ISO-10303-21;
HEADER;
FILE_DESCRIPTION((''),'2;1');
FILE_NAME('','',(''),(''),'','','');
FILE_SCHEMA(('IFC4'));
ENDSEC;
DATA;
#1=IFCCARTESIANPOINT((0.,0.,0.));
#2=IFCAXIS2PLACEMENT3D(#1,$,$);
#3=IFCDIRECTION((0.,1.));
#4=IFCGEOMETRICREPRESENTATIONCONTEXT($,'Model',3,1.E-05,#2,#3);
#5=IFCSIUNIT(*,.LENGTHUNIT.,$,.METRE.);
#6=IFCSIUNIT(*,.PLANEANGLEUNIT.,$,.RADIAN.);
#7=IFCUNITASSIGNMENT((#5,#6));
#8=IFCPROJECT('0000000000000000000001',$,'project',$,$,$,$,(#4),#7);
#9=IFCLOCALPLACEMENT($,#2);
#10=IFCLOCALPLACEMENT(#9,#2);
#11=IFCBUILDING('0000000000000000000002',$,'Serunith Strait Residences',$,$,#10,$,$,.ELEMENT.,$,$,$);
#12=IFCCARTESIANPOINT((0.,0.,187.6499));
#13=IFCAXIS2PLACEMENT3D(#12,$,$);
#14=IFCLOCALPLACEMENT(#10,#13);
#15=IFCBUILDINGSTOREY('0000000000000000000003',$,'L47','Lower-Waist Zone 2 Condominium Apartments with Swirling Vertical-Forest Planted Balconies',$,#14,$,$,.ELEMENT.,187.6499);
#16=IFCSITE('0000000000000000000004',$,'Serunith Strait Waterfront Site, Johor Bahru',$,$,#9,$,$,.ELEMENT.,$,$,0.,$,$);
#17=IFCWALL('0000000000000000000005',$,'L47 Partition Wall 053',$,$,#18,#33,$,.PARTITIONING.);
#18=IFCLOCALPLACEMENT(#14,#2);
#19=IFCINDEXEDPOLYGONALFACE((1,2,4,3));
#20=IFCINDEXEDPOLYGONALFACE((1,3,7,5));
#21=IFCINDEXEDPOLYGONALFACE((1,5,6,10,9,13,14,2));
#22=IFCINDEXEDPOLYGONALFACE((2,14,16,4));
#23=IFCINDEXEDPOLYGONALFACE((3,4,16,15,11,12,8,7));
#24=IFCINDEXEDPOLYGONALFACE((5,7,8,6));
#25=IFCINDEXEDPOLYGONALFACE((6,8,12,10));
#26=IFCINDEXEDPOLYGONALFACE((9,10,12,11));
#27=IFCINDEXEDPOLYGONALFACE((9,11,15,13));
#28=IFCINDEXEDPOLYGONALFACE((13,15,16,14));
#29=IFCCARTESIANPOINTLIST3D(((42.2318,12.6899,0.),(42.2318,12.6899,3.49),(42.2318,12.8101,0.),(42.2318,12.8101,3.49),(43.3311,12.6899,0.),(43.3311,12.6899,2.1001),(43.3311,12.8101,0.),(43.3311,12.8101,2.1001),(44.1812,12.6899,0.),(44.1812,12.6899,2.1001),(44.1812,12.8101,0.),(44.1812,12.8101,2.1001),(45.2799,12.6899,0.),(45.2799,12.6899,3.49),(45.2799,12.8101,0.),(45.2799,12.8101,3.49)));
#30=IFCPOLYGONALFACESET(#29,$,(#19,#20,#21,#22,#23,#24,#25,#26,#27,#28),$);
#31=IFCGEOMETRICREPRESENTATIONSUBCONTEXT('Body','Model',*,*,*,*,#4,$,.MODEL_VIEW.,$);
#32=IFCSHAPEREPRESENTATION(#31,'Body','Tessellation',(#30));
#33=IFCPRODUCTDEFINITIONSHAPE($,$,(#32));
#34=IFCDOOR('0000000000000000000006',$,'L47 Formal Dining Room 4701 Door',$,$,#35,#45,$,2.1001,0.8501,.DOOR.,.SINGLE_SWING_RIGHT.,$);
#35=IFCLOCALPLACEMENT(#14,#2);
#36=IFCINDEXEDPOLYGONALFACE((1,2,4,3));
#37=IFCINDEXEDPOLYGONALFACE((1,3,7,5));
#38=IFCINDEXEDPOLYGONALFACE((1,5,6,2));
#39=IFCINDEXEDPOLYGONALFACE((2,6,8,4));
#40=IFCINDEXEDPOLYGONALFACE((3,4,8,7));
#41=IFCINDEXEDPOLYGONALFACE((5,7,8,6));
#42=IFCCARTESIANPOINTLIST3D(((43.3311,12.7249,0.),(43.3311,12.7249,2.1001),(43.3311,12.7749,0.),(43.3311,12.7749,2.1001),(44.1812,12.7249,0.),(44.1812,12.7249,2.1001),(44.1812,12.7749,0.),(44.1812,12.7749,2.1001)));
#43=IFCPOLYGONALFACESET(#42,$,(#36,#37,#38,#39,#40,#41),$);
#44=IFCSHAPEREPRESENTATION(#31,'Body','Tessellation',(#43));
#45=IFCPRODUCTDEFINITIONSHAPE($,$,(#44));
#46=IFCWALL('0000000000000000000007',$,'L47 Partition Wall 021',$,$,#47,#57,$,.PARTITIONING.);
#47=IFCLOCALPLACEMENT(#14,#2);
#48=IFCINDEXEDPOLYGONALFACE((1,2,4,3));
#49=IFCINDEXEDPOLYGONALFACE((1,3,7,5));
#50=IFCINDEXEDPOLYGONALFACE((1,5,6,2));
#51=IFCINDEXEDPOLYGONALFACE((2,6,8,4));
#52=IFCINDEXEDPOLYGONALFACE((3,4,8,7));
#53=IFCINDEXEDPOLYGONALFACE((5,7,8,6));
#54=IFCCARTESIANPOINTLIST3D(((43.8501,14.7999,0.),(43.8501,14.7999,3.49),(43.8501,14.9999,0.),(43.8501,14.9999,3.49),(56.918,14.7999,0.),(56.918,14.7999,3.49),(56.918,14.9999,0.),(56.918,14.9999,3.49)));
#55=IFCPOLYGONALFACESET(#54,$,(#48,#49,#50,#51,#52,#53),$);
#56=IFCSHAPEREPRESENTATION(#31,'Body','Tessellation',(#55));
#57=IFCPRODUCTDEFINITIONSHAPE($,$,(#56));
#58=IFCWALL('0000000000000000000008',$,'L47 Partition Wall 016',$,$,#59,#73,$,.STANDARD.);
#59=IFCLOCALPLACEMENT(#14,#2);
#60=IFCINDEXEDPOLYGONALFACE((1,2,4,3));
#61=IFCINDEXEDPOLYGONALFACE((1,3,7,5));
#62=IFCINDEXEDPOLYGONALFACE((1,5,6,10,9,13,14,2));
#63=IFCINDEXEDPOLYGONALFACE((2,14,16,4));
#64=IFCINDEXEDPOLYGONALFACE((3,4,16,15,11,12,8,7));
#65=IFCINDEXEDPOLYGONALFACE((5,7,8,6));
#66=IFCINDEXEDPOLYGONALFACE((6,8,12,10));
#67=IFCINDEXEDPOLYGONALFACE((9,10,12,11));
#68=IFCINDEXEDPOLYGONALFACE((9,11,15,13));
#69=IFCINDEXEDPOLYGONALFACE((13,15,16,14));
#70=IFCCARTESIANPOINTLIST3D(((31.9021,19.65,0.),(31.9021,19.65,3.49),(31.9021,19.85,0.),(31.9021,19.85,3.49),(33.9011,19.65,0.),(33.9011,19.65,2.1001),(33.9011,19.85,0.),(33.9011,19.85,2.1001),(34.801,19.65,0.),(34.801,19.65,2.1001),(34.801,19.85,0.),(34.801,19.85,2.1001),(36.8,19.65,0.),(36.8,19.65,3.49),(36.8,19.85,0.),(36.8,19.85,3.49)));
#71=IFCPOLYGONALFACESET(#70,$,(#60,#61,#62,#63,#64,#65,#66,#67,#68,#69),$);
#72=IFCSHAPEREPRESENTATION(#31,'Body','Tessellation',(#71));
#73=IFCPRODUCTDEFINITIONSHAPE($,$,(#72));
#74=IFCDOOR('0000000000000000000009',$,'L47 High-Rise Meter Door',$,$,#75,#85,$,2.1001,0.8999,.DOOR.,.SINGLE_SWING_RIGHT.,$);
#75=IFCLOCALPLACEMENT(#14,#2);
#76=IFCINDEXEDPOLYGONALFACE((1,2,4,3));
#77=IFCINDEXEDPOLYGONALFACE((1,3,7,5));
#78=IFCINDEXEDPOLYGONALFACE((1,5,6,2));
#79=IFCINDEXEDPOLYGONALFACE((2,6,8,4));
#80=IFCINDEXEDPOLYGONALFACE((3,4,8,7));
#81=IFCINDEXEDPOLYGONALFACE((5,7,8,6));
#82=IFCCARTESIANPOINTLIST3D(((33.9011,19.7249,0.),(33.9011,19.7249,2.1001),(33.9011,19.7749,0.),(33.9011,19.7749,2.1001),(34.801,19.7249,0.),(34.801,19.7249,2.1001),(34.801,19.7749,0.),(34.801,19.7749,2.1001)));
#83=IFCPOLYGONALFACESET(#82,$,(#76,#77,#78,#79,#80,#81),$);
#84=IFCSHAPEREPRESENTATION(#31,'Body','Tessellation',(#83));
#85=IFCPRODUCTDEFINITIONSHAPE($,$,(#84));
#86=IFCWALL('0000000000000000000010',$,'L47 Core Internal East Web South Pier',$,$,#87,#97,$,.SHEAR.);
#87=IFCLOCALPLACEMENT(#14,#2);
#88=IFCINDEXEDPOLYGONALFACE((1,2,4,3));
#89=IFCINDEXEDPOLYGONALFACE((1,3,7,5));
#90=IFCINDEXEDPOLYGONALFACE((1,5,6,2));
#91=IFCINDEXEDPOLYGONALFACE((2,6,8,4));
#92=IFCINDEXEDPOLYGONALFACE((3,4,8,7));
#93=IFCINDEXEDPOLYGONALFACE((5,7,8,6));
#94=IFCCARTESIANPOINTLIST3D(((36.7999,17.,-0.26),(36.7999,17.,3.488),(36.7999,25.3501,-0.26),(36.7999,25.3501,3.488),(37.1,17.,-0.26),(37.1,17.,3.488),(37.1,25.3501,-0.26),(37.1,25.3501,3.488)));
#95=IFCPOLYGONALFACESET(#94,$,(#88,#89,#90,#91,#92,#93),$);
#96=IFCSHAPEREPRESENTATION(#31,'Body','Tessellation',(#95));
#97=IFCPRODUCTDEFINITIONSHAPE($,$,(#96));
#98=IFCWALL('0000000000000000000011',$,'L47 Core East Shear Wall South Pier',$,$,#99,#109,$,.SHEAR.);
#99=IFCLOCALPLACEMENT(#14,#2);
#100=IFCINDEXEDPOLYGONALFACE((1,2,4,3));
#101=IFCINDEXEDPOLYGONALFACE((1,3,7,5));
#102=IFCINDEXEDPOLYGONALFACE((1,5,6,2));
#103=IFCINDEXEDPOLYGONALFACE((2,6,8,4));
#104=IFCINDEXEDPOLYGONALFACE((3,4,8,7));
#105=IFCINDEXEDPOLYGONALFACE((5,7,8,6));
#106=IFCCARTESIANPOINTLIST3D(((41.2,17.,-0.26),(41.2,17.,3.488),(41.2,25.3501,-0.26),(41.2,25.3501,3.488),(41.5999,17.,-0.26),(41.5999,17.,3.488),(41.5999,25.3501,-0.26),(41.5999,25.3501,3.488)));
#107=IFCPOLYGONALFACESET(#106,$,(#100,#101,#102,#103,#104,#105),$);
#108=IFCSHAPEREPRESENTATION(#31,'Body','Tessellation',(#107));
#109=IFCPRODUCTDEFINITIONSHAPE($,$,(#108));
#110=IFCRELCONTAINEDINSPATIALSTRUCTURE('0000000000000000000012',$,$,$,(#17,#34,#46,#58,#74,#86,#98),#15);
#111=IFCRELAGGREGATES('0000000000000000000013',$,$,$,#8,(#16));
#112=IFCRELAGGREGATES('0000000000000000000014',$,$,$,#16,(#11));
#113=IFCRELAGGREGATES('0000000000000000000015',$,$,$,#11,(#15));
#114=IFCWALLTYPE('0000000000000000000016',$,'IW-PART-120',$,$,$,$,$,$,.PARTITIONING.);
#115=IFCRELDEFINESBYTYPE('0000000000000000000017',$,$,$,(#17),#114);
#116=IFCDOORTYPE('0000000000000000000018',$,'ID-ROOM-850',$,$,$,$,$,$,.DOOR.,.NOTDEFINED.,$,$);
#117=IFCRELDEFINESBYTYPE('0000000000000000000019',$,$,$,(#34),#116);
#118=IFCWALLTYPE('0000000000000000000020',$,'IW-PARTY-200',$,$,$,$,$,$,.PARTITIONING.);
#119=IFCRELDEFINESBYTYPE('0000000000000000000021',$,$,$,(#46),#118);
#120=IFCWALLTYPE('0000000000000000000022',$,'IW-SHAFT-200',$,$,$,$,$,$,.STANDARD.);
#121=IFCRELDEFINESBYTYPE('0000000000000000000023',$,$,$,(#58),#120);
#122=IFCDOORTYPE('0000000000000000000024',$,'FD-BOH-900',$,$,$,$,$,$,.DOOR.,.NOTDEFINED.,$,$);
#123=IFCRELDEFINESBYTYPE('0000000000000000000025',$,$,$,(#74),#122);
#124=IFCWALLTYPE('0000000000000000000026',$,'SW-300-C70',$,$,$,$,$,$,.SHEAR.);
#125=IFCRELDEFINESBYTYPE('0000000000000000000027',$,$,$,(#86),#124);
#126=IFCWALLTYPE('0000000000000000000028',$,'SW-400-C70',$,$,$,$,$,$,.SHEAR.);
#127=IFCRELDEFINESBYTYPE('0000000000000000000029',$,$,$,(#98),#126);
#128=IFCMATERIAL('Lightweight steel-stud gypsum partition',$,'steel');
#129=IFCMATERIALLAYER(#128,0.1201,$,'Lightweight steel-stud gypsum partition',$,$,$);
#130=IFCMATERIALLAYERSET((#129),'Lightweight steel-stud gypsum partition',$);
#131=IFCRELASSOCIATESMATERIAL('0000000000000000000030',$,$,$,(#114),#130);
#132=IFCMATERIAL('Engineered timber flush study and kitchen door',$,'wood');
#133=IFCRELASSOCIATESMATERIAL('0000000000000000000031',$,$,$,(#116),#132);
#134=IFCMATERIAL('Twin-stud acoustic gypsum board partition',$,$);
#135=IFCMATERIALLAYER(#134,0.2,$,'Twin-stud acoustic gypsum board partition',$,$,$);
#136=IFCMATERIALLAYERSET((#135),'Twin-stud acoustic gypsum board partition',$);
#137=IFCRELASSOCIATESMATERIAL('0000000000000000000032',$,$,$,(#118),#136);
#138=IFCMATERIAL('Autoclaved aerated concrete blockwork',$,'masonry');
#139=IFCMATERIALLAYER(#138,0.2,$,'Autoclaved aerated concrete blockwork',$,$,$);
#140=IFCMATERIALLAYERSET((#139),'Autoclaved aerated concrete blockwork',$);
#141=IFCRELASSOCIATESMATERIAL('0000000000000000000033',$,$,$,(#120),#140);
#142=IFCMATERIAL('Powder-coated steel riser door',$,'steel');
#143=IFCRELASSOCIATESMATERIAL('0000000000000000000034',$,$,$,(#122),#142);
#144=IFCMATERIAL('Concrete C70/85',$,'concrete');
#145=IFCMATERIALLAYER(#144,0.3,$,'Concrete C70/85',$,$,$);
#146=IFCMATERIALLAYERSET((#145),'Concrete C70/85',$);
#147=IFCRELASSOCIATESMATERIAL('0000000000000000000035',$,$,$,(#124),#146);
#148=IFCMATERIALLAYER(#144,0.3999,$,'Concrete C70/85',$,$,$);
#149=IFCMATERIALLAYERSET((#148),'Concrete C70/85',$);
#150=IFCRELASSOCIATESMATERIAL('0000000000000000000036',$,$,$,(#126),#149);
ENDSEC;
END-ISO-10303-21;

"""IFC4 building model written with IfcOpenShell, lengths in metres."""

from ifc_helpers import new_model, si_unit, direction, frame, frame_2d, origin, place, context, subcontext, project, spatial, rectangle, extrude, source, transform, mapped, material, layer, layer_set, type_object, element, fill, save


model = new_model("IFC4")

# Units and contexts
model_context = context("Model", 3, precision=1e-05, world=origin(), true_north=direction((0.0, 1.0)))
body_context = subcontext(model_context, "Body", "Model", "MODEL_VIEW")
ifc_project = project(units=[si_unit("LENGTHUNIT", "METRE"), si_unit("PLANEANGLEUNIT", "RADIAN")], contexts=[model_context])

# Site, building, storey
site_placement = place(None, origin())
site = spatial("IfcSite", under=ifc_project, at=site_placement, Name="Serunith Strait Waterfront Site, Johor Bahru", CompositionType="ELEMENT", RefElevation=0.0)
building_placement = place(site_placement, origin())
building = spatial("IfcBuilding", under=site, at=building_placement, Name="Serunith Strait Residences", CompositionType="ELEMENT")
storey_placement = place(building_placement, frame((0.0, 0.0, 187.6499)))
storey = spatial("IfcBuildingStorey", under=building, at=storey_placement, Name="L47", Description="Lower-Waist Zone 2 Condominium Apartments with Swirling Vertical-Forest Planted Balconies", CompositionType="ELEMENT", Elevation=187.6499)

# Wall, opening, door
ifc_material_1 = material(Name="Lightweight steel-stud gypsum partition", Category="steel")
ifc_layer_1 = layer(ifc_material_1, 0.1201, Name="Lightweight steel-stud gypsum partition")
ifc_layer_set_1 = layer_set([ifc_layer_1], Name="Lightweight steel-stud gypsum partition")
wall_type_1 = type_object("IfcWallType", Name="IW-PART-120", PredefinedType="PARTITIONING", material=ifc_layer_set_1)
shared_shape_1 = source(origin(), body_context, "Body", "SweptSolid", [
    extrude(rectangle(XDim=0.8999, YDim=2.1001, at=frame_2d((0.45, 1.05))), frame((0.0, 0.0249, 0.0), z_axis=(0.0, -1.0, 0.0), x_axis=(1.0, 0.0, 0.0)), (0.0, 0.0, 1.0), 0.05),
])
ifc_material_2 = material(Name="Engineered timber flush study and kitchen door", Category="wood")
door_type_1 = type_object("IfcDoorType", Name="ID-ROOM-850", OperationType="NOTDEFINED", PredefinedType="DOOR", material=ifc_material_2)
shared_shape_2 = source(origin(), body_context, "Body", "SweptSolid", [
    extrude(rectangle(XDim=0.8501, YDim=2.1001, at=frame_2d((0.425, 1.05))), frame((0.0, 0.0249, 0.0), z_axis=(0.0, -1.0, 0.0), x_axis=(1.0, 0.0, 0.0)), (0.0, 0.0, 1.0), 0.05),
])
wall_1_placement = place(storey_placement, frame((42.2319, 12.75, 0.0), z_axis=(0.0, 0.0, 1.0), x_axis=(1.0, 0.0, 0.0)))
wall_1 = element("IfcWall", 1, at=wall_1_placement, inside=storey, type_object=wall_type_1, Name="L47 Partition Wall 053", PredefinedType="PARTITIONING", context=body_context, shape_type="SweptSolid", body=[
    extrude(rectangle(XDim=3.0481, YDim=0.1201, at=frame_2d((1.5239, 0.0))), origin(), (0.0, 0.0, 1.0), 3.49),
])
opening_1_placement = place(wall_1_placement, frame((1.0991, 0.0, 0.0)))
opening_1 = element("IfcOpeningElement", 2, at=opening_1_placement, cuts=wall_1, PredefinedType="OPENING", context=body_context, shape_type="SweptSolid", body=[
    extrude(rectangle(XDim=0.8501, YDim=2.1001, at=frame_2d((0.425, 1.05))), frame((0.0, 0.0701, 0.0), z_axis=(0.0, -1.0, 0.0), x_axis=(1.0, 0.0, 0.0)), (0.0, 0.0, 1.0), 0.1401),
])
door_1_placement = place(opening_1_placement, origin())
door_1 = element("IfcDoor", 3, at=door_1_placement, inside=storey, type_object=door_type_1, Name="L47 Formal Dining Room 4701 Door", OperationType="SINGLE_SWING_RIGHT", OverallHeight=2.1001, OverallWidth=0.8501, PredefinedType="DOOR", context=body_context, shape_type="MappedRepresentation", body=[
    mapped(shared_shape_2, transform((0.0, 0.0, 0.0), scale=1.0)),
])
fill(opening_1, door_1)

# Wall
ifc_material_3 = material(Name="Twin-stud acoustic gypsum board partition")
ifc_layer_2 = layer(ifc_material_3, 0.2, Name="Twin-stud acoustic gypsum board partition")
ifc_layer_set_2 = layer_set([ifc_layer_2], Name="Twin-stud acoustic gypsum board partition")
wall_type_2 = type_object("IfcWallType", Name="IW-PARTY-200", PredefinedType="PARTITIONING", material=ifc_layer_set_2)
wall_2_placement = place(storey_placement, frame((43.8501, 14.8999, 0.0), z_axis=(0.0, 0.0, 1.0), x_axis=(1.0, 0.0, 0.0)))
element("IfcWall", 4, at=wall_2_placement, inside=storey, type_object=wall_type_2, Name="L47 Partition Wall 021", PredefinedType="PARTITIONING", context=body_context, shape_type="SweptSolid", body=[
    extrude(rectangle(XDim=13.0679, YDim=0.2, at=frame_2d((6.5339, 0.0))), origin(), (0.0, 0.0, 1.0), 3.49),
])

# Wall, opening, door
ifc_material_4 = material(Name="Autoclaved aerated concrete blockwork", Category="masonry")
ifc_layer_3 = layer(ifc_material_4, 0.2, Name="Autoclaved aerated concrete blockwork")
ifc_layer_set_3 = layer_set([ifc_layer_3], Name="Autoclaved aerated concrete blockwork")
wall_type_3 = type_object("IfcWallType", Name="IW-SHAFT-200", PredefinedType="STANDARD", material=ifc_layer_set_3)
wall_3_placement = place(storey_placement, frame((31.9021, 19.75, 0.0), z_axis=(0.0, 0.0, 1.0), x_axis=(1.0, 0.0, 0.0)))
wall_3 = element("IfcWall", 5, at=wall_3_placement, inside=storey, type_object=wall_type_3, Name="L47 Partition Wall 016", PredefinedType="STANDARD", context=body_context, shape_type="SweptSolid", body=[
    extrude(rectangle(XDim=4.8979, YDim=0.2, at=frame_2d((2.449, 0.0))), origin(), (0.0, 0.0, 1.0), 3.49),
])
opening_2_placement = place(wall_3_placement, frame((1.999, 0.0, 0.0)))
opening_2 = element("IfcOpeningElement", 6, at=opening_2_placement, cuts=wall_3, PredefinedType="OPENING", context=body_context, shape_type="SweptSolid", body=[
    extrude(rectangle(XDim=0.8999, YDim=2.1001, at=frame_2d((0.45, 1.05))), frame((0.0, 0.1099, 0.0), z_axis=(0.0, -1.0, 0.0), x_axis=(1.0, 0.0, 0.0)), (0.0, 0.0, 1.0), 0.22),
])
ifc_material_5 = material(Name="Powder-coated steel riser door", Category="steel")
door_type_2 = type_object("IfcDoorType", Name="FD-BOH-900", OperationType="NOTDEFINED", PredefinedType="DOOR", material=ifc_material_5)
door_2_placement = place(opening_2_placement, origin())
door_2 = element("IfcDoor", 7, at=door_2_placement, inside=storey, type_object=door_type_2, Name="L47 High-Rise Meter Door", OperationType="SINGLE_SWING_RIGHT", OverallHeight=2.1001, OverallWidth=0.8999, PredefinedType="DOOR", context=body_context, shape_type="MappedRepresentation", body=[
    mapped(shared_shape_1, transform((0.0, 0.0, 0.0), scale=1.0)),
])
fill(opening_2, door_2)

# Walls
ifc_material_6 = material(Name="Concrete C70/85", Category="concrete")
ifc_layer_4 = layer(ifc_material_6, 0.3, Name="Concrete C70/85")
ifc_layer_set_4 = layer_set([ifc_layer_4], Name="Concrete C70/85")
wall_type_4 = type_object("IfcWallType", Name="SW-300-C70", PredefinedType="SHEAR", material=ifc_layer_set_4)
wall_4_placement = place(storey_placement, frame((36.95, 17.0, -0.26), z_axis=(0.0, 0.0, 1.0), x_axis=(0.0, 1.0, 0.0)))
element("IfcWall", 8, at=wall_4_placement, inside=storey, type_object=wall_type_4, Name="L47 Core Internal East Web South Pier", PredefinedType="SHEAR", context=body_context, shape_type="SweptSolid", body=[
    extrude(rectangle(XDim=8.3501, YDim=0.3, at=frame_2d((4.175, 0.0))), origin(), (0.0, 0.0, 1.0), 3.748),
])
ifc_layer_5 = layer(ifc_material_6, 0.3999, Name="Concrete C70/85")
ifc_layer_set_5 = layer_set([ifc_layer_5], Name="Concrete C70/85")
wall_type_5 = type_object("IfcWallType", Name="SW-400-C70", PredefinedType="SHEAR", material=ifc_layer_set_5)
wall_5_placement = place(storey_placement, frame((41.3999, 17.0, -0.26), z_axis=(0.0, 0.0, 1.0), x_axis=(0.0, 1.0, 0.0)))
element("IfcWall", 9, at=wall_5_placement, inside=storey, type_object=wall_type_5, Name="L47 Core East Shear Wall South Pier", PredefinedType="SHEAR", context=body_context, shape_type="SweptSolid", body=[
    extrude(rectangle(XDim=8.3501, YDim=0.3999, at=frame_2d((4.175, 0.0))), origin(), (0.0, 0.0, 1.0), 3.748),
])

save(model, "model.ifc")
